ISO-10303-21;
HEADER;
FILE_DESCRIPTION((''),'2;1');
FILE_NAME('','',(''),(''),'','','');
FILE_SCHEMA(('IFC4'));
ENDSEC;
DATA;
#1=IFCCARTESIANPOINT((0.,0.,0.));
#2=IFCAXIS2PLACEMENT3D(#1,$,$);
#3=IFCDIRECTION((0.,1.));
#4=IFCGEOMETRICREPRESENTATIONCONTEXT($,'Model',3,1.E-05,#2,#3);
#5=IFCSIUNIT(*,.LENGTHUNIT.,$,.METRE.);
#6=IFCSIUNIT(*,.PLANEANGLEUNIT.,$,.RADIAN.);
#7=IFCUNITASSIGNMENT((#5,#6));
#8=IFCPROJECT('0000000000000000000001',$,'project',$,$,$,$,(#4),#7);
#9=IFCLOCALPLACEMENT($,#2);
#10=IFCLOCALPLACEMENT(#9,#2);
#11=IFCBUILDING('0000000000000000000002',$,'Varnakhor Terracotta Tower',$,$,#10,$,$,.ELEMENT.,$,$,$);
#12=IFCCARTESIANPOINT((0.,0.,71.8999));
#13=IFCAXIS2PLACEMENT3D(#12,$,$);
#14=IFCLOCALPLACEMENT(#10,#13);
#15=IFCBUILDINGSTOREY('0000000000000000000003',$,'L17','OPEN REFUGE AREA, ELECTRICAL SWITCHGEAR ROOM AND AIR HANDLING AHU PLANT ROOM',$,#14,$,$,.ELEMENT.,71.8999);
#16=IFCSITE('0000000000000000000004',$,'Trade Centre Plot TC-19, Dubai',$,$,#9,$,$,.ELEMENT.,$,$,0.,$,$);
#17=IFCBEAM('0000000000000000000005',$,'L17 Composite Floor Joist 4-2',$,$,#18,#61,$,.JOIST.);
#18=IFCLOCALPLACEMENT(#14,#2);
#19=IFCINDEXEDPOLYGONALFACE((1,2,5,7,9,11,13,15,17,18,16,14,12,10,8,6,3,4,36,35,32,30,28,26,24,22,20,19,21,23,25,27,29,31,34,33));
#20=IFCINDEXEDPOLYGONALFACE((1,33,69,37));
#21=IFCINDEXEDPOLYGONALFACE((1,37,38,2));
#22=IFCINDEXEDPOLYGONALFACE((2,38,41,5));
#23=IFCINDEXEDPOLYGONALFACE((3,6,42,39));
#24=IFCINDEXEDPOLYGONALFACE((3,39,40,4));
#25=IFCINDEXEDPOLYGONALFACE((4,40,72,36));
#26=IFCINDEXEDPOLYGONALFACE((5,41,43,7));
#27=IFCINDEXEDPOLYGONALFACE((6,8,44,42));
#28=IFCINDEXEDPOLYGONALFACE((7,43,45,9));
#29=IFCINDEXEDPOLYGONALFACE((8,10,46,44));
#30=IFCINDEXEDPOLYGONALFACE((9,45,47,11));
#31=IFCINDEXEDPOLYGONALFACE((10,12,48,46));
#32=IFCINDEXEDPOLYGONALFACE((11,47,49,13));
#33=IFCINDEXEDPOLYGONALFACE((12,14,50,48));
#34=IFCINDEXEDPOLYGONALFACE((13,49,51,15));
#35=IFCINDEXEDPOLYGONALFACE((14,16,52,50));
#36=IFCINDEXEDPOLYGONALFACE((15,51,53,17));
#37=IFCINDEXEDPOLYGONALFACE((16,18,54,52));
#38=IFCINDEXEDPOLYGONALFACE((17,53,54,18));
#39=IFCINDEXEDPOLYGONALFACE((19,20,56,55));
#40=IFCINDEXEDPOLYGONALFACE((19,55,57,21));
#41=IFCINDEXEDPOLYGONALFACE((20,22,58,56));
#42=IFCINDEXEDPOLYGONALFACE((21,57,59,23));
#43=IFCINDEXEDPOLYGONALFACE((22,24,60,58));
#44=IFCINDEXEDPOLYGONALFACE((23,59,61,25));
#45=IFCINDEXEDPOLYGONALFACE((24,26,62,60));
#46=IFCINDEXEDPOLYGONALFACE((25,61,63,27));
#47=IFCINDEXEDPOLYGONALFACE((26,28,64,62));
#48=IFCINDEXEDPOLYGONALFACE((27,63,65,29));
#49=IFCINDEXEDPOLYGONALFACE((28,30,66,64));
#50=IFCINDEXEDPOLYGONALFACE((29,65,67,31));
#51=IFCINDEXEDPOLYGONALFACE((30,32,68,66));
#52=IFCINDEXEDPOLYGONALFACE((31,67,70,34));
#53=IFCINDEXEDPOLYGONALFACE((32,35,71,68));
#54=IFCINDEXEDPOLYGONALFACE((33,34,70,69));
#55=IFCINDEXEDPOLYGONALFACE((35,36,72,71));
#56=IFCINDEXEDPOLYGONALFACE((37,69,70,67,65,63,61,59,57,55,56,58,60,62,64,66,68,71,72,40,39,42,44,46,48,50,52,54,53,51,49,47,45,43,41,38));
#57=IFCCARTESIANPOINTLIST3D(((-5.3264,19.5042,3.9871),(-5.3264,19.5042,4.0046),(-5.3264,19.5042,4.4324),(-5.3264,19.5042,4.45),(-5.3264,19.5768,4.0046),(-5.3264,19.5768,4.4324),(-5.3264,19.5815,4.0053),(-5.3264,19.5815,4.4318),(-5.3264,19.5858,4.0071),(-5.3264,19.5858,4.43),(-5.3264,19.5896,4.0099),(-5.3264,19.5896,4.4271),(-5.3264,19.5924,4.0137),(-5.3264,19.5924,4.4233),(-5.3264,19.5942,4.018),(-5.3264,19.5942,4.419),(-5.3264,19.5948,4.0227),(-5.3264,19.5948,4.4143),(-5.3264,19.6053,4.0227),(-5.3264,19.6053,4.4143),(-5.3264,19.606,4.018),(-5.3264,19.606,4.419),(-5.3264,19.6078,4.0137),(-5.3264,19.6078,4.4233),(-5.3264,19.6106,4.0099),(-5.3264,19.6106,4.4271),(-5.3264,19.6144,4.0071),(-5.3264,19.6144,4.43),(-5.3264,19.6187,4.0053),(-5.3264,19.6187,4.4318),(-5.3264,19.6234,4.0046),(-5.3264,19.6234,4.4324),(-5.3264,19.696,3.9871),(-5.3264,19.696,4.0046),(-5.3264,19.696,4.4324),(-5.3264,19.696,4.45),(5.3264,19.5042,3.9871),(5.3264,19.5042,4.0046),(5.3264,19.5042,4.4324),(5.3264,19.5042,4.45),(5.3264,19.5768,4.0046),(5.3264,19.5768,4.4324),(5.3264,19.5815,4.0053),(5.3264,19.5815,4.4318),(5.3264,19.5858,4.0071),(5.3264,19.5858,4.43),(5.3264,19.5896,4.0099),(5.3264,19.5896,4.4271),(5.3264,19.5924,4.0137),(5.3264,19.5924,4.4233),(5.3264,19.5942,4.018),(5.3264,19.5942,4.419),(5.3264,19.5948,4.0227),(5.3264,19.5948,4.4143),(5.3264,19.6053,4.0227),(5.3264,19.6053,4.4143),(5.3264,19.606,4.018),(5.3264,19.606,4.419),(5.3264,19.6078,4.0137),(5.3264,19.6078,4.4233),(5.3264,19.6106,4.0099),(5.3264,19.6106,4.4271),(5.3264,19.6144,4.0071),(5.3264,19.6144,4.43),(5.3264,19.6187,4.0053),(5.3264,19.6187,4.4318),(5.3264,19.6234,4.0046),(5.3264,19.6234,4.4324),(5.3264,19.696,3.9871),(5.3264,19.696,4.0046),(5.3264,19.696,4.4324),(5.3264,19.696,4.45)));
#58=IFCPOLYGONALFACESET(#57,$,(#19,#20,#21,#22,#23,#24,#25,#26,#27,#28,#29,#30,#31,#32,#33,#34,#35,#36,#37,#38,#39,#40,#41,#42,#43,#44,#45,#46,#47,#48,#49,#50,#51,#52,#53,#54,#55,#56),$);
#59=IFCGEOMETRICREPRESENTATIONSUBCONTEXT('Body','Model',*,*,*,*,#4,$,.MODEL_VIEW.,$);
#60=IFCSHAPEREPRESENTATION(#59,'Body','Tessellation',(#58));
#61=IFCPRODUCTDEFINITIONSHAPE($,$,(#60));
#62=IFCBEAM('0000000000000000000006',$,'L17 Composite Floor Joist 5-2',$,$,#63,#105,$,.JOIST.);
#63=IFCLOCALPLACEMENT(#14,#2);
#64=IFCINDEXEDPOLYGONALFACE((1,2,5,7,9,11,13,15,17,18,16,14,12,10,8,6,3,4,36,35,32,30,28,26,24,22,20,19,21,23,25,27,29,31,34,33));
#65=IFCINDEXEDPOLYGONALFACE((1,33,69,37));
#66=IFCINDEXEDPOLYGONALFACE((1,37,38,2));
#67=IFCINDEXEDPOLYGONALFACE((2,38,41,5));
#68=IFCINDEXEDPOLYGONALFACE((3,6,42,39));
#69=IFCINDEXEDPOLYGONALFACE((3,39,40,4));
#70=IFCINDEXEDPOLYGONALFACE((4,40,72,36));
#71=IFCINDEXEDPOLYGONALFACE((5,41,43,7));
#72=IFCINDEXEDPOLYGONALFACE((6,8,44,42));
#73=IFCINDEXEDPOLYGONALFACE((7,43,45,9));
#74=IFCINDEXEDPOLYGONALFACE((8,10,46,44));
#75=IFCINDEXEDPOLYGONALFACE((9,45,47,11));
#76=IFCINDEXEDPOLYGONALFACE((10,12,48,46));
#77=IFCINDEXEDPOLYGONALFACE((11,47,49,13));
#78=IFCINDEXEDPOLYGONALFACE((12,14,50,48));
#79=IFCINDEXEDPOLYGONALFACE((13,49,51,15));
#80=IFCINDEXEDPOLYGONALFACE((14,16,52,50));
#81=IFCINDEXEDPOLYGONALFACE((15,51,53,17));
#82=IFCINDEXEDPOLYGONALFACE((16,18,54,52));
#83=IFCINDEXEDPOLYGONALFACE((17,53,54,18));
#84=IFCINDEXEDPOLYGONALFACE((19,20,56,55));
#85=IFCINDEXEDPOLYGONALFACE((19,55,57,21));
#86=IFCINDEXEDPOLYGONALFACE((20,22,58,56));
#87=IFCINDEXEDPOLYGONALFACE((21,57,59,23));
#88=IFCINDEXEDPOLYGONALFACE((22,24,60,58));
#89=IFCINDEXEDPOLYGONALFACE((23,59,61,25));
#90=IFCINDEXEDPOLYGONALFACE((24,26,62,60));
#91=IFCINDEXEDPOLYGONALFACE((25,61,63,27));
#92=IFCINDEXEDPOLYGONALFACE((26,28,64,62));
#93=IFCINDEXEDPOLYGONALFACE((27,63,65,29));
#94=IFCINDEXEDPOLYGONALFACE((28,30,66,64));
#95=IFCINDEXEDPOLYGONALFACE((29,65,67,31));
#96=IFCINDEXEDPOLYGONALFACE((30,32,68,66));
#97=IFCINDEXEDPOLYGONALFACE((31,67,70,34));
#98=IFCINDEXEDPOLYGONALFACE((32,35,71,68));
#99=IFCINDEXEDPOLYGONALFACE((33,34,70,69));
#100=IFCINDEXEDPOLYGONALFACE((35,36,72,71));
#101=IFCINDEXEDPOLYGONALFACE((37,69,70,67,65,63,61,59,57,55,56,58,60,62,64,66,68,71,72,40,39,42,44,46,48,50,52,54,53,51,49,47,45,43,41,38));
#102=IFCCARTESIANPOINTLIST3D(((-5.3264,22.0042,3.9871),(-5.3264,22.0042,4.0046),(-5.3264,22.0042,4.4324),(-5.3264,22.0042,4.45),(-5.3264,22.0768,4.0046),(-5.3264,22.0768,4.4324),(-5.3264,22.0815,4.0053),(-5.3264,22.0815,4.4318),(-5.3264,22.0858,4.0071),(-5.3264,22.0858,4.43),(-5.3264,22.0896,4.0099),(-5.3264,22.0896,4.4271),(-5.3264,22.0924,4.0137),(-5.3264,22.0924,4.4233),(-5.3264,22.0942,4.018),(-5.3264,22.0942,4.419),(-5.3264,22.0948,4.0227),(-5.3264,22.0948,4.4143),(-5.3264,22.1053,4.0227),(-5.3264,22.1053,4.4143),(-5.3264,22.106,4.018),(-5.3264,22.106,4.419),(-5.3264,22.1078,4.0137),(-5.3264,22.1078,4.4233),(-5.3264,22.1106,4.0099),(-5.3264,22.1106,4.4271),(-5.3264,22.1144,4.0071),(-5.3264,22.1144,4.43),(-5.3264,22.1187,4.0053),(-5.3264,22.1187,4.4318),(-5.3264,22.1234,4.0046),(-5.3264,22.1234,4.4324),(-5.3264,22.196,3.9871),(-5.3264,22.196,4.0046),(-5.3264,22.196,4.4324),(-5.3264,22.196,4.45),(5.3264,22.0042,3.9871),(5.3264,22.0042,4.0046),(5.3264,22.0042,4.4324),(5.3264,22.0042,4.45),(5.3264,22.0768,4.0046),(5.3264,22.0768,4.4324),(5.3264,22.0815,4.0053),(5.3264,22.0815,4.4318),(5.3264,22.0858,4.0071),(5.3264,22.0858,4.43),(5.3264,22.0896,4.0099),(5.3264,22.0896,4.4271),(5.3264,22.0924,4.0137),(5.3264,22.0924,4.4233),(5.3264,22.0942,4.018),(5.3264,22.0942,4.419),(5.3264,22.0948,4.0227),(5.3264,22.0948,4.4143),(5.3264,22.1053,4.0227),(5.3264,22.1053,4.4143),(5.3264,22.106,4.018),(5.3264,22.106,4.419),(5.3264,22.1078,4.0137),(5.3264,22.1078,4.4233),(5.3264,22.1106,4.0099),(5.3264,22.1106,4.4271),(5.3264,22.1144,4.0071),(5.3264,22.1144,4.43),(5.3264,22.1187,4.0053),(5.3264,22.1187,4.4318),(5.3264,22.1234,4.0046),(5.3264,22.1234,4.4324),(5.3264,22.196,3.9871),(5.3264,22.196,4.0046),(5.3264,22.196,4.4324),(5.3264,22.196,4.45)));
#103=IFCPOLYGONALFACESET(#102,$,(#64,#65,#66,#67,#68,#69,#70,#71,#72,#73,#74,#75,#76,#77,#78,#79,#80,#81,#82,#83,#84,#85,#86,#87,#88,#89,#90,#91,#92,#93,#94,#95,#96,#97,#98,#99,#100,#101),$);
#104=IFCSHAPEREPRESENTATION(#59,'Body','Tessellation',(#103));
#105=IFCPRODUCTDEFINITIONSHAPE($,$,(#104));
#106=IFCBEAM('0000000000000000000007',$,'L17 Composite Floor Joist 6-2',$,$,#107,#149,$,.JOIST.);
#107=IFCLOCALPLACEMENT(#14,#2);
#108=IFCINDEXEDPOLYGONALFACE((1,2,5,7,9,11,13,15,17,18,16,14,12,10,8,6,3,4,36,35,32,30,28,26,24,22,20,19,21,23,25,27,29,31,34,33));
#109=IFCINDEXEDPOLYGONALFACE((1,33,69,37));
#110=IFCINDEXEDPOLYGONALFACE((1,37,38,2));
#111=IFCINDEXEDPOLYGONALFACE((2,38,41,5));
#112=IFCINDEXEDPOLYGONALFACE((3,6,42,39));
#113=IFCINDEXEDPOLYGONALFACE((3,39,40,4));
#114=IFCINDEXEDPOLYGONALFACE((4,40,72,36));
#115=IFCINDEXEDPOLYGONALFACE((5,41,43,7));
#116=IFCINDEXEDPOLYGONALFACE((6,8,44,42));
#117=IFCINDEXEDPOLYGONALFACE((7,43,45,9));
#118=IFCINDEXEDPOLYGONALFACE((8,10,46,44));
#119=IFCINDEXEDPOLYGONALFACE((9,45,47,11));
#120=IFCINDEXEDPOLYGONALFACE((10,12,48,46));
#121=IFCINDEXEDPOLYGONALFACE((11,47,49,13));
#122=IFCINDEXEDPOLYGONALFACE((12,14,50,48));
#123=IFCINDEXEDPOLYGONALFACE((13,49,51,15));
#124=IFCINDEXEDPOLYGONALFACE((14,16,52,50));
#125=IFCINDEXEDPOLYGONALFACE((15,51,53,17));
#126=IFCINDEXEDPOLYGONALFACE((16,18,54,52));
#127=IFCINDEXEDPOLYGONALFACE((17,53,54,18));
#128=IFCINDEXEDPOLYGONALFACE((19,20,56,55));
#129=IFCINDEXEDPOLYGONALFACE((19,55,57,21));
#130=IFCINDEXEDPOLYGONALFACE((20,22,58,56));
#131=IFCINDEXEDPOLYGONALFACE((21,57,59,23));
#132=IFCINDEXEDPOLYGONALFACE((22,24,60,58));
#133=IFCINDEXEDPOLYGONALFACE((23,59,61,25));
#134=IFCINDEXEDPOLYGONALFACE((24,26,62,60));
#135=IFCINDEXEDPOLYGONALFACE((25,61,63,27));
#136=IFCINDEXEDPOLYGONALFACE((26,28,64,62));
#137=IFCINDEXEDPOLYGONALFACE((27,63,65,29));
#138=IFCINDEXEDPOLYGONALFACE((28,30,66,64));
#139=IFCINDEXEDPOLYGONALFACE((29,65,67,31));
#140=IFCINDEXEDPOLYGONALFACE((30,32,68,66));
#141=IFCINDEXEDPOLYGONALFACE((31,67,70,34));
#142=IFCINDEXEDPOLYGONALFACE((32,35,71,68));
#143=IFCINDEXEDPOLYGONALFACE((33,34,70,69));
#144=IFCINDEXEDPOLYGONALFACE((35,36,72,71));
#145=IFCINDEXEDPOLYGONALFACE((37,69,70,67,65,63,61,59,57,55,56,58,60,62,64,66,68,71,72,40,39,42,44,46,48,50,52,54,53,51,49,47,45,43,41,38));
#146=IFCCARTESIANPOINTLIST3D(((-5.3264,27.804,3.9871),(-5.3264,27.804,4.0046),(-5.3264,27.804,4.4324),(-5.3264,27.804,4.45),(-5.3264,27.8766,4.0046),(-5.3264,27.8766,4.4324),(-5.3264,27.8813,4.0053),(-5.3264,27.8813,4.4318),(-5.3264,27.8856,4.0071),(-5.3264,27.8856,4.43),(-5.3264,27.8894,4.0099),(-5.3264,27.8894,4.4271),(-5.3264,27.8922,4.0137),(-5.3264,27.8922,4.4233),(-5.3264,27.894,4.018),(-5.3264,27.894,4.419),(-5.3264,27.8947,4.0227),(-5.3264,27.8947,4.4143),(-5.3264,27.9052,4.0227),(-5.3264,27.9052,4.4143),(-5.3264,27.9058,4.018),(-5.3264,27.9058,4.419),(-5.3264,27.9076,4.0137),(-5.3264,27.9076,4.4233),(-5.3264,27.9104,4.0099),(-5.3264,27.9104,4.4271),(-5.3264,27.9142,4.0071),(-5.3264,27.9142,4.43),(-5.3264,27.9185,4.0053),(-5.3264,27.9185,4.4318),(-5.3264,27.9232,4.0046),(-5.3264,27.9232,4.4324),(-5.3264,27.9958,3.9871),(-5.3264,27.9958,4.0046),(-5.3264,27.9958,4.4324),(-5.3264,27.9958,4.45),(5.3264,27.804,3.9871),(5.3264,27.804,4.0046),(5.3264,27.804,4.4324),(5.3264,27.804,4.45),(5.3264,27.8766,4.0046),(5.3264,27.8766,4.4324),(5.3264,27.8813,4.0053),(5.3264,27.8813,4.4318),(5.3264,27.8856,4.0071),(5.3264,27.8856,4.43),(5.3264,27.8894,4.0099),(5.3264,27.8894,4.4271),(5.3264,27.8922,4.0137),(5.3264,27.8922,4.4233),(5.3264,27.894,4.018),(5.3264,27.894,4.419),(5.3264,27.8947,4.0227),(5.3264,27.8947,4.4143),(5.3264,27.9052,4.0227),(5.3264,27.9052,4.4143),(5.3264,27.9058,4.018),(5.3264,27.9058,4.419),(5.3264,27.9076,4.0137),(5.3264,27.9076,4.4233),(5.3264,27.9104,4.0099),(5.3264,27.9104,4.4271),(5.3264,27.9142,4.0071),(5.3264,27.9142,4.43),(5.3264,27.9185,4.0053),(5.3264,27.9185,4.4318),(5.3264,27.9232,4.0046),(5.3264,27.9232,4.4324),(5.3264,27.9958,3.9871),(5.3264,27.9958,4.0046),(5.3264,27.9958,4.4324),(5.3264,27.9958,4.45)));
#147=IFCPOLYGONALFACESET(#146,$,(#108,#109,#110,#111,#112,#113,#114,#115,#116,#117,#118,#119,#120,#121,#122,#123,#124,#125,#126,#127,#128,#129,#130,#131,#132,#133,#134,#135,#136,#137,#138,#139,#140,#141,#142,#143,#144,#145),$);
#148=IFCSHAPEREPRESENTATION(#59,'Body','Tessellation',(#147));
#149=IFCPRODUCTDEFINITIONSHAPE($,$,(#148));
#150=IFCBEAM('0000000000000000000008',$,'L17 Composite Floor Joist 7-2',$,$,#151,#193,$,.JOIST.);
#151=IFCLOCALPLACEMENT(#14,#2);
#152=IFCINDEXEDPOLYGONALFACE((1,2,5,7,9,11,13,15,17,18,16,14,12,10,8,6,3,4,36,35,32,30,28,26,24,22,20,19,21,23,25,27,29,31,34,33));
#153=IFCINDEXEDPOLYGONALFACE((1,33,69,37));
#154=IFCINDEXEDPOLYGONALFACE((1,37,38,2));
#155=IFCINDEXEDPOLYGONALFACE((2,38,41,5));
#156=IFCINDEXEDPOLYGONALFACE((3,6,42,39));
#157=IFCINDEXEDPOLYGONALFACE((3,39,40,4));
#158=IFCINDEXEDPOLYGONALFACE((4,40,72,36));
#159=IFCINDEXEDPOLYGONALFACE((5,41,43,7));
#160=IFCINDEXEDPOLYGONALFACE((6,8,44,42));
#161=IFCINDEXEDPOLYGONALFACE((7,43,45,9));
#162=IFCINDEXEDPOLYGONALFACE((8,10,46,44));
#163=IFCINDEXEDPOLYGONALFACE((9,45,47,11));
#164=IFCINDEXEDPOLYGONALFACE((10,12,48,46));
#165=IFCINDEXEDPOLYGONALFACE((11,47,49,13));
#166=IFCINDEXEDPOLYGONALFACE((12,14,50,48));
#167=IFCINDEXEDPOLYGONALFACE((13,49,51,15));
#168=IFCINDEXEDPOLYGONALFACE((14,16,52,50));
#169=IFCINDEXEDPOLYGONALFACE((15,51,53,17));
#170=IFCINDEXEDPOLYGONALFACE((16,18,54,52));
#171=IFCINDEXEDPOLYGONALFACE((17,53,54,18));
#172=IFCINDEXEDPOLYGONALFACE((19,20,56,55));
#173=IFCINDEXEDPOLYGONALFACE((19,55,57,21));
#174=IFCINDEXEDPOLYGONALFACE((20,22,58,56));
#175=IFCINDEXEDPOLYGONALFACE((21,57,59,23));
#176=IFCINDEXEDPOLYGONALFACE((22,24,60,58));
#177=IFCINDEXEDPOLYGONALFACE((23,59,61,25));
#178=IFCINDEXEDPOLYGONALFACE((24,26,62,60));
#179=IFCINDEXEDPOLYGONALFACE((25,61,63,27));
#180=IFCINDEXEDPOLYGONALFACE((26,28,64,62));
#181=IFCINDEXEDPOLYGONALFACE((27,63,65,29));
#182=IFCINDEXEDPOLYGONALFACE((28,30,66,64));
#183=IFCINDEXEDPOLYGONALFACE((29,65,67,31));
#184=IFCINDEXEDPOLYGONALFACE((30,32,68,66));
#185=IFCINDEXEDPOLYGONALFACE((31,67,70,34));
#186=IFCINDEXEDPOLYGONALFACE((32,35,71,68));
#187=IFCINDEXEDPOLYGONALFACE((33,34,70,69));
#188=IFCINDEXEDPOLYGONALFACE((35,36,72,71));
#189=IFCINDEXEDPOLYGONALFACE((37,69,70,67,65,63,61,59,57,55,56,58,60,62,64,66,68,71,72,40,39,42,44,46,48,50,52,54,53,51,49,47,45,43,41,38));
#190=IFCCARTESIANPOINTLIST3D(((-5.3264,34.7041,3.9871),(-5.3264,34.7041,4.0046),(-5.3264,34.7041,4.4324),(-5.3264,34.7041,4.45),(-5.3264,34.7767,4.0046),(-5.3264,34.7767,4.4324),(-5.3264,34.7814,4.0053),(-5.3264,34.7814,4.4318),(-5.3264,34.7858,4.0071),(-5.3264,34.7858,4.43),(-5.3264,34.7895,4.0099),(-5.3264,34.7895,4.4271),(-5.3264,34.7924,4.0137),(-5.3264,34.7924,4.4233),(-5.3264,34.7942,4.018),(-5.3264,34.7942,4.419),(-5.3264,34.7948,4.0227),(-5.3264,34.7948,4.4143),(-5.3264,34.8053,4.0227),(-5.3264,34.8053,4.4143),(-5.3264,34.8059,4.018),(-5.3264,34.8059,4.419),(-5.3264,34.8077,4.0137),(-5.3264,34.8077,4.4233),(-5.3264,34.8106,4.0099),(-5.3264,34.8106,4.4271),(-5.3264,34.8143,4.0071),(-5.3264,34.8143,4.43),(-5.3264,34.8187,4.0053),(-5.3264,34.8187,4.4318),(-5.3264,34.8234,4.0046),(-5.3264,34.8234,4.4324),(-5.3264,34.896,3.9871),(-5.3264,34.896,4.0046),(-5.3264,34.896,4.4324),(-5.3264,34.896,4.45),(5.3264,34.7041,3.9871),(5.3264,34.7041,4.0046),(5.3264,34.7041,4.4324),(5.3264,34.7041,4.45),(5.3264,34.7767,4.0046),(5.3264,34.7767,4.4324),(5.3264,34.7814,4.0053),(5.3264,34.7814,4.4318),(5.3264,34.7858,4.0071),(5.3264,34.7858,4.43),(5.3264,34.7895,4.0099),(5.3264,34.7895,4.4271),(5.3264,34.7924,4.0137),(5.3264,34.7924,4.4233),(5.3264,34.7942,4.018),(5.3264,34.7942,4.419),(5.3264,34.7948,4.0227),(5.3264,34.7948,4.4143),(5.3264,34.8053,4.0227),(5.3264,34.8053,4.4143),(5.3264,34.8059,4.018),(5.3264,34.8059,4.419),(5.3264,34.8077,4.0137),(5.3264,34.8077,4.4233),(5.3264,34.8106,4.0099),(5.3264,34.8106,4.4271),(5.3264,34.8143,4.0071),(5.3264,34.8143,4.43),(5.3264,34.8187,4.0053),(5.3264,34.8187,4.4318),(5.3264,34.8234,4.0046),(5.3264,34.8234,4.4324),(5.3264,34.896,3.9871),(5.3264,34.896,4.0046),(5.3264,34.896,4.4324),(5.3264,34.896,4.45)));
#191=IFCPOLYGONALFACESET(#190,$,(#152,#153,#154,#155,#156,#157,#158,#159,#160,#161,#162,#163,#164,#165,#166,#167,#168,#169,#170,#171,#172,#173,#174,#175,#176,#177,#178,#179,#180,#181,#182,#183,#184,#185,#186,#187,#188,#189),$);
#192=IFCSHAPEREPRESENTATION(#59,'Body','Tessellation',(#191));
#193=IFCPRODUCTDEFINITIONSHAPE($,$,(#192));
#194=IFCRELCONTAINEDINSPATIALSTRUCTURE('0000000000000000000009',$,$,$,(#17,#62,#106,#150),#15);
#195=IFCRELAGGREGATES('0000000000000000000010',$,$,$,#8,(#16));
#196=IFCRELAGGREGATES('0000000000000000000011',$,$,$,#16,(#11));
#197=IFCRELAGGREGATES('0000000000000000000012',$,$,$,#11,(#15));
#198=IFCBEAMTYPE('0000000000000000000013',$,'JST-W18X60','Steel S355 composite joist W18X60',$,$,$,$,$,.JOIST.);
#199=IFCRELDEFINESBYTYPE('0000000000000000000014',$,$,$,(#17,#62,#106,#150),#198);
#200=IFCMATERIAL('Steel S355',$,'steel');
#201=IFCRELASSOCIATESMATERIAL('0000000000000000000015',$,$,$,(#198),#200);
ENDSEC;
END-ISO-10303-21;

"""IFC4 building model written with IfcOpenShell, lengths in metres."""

from ifc_helpers import new_model, si_unit, direction, frame, origin, origin_2d, place, context, subcontext, project, spatial, i_section, extrude, source, transform, mapped, material, material_profile, profile_set, type_object, element, save


model = new_model("IFC4")

# Units and contexts
model_context = context("Model", 3, precision=1e-05, world=origin(), true_north=direction((0.0, 1.0)))
body_context = subcontext(model_context, "Body", "Model", "MODEL_VIEW")
ifc_project = project(units=[si_unit("LENGTHUNIT", "METRE"), si_unit("PLANEANGLEUNIT", "RADIAN")], contexts=[model_context])

# Site, building, storey
site_placement = place(None, origin())
site = spatial("IfcSite", under=ifc_project, at=site_placement, Name="Trade Centre Plot TC-19, Dubai", CompositionType="ELEMENT", RefElevation=0.0)
building_placement = place(site_placement, origin())
building = spatial("IfcBuilding", under=site, at=building_placement, Name="Varnakhor Terracotta Tower", CompositionType="ELEMENT")
storey_placement = place(building_placement, frame((0.0, 0.0, 71.8999)))
storey = spatial("IfcBuildingStorey", under=building, at=storey_placement, Name="L17", Description="OPEN REFUGE AREA, ELECTRICAL SWITCHGEAR ROOM AND AIR HANDLING AHU PLANT ROOM", CompositionType="ELEMENT", Elevation=71.8999)

# Beams
ifc_material_1 = material(Name="Steel S355", Category="steel")
ifc_material_profile_1 = material_profile(ifc_material_1, i_section(OverallWidth=0.1919, OverallDepth=0.4629, WebThickness=0.0105, FlangeThickness=0.0176, FilletRadius=0.0181, at=origin_2d()), Name="W18X60")
ifc_profile_set_1 = profile_set([ifc_material_profile_1], Name="Steel S355")
beam_type_1 = type_object("IfcBeamType", Name="JST-W18X60", Description="Steel S355 composite joist W18X60", PredefinedType="JOIST", material=ifc_profile_set_1)
shared_shape_1 = source(origin(), body_context, "Body", "SweptSolid", [
    extrude(i_section(OverallWidth=0.1919, OverallDepth=0.4629, WebThickness=0.0105, FlangeThickness=0.0176, FilletRadius=0.0181, at=origin_2d()), origin(), (0.0, 0.0, 1.0), 10.6528),
])
for number, where, z_axis, x_axis, name in (
    (1, (-5.3264, 19.6001, 4.2185), (1.0, 0.0, 0.0), (0.0, 1.0, 0.0), "L17 Composite Floor Joist 4-2"),
    (2, (-5.3264, 22.1001, 4.2185), (1.0, 0.0, 0.0), (0.0, 1.0, 0.0), "L17 Composite Floor Joist 5-2"),
    (3, (-5.3264, 27.8999, 4.2185), (1.0, 0.0, 0.0), (0.0, 1.0, 0.0), "L17 Composite Floor Joist 6-2"),
    (4, (-5.3264, 34.8, 4.2185), (1.0, 0.0, 0.0), (0.0, 1.0, 0.0), "L17 Composite Floor Joist 7-2"),
):
    element("IfcBeam", number, at=place(storey_placement, frame(where, z_axis=z_axis, x_axis=x_axis)), inside=storey, type_object=beam_type_1, Name=name, PredefinedType="JOIST", context=body_context, shape_type="MappedRepresentation", body=[
        mapped(shared_shape_1, transform((0.0, 0.0, 0.0), scale=1.0)),
    ])

save(model, "model.ifc")
